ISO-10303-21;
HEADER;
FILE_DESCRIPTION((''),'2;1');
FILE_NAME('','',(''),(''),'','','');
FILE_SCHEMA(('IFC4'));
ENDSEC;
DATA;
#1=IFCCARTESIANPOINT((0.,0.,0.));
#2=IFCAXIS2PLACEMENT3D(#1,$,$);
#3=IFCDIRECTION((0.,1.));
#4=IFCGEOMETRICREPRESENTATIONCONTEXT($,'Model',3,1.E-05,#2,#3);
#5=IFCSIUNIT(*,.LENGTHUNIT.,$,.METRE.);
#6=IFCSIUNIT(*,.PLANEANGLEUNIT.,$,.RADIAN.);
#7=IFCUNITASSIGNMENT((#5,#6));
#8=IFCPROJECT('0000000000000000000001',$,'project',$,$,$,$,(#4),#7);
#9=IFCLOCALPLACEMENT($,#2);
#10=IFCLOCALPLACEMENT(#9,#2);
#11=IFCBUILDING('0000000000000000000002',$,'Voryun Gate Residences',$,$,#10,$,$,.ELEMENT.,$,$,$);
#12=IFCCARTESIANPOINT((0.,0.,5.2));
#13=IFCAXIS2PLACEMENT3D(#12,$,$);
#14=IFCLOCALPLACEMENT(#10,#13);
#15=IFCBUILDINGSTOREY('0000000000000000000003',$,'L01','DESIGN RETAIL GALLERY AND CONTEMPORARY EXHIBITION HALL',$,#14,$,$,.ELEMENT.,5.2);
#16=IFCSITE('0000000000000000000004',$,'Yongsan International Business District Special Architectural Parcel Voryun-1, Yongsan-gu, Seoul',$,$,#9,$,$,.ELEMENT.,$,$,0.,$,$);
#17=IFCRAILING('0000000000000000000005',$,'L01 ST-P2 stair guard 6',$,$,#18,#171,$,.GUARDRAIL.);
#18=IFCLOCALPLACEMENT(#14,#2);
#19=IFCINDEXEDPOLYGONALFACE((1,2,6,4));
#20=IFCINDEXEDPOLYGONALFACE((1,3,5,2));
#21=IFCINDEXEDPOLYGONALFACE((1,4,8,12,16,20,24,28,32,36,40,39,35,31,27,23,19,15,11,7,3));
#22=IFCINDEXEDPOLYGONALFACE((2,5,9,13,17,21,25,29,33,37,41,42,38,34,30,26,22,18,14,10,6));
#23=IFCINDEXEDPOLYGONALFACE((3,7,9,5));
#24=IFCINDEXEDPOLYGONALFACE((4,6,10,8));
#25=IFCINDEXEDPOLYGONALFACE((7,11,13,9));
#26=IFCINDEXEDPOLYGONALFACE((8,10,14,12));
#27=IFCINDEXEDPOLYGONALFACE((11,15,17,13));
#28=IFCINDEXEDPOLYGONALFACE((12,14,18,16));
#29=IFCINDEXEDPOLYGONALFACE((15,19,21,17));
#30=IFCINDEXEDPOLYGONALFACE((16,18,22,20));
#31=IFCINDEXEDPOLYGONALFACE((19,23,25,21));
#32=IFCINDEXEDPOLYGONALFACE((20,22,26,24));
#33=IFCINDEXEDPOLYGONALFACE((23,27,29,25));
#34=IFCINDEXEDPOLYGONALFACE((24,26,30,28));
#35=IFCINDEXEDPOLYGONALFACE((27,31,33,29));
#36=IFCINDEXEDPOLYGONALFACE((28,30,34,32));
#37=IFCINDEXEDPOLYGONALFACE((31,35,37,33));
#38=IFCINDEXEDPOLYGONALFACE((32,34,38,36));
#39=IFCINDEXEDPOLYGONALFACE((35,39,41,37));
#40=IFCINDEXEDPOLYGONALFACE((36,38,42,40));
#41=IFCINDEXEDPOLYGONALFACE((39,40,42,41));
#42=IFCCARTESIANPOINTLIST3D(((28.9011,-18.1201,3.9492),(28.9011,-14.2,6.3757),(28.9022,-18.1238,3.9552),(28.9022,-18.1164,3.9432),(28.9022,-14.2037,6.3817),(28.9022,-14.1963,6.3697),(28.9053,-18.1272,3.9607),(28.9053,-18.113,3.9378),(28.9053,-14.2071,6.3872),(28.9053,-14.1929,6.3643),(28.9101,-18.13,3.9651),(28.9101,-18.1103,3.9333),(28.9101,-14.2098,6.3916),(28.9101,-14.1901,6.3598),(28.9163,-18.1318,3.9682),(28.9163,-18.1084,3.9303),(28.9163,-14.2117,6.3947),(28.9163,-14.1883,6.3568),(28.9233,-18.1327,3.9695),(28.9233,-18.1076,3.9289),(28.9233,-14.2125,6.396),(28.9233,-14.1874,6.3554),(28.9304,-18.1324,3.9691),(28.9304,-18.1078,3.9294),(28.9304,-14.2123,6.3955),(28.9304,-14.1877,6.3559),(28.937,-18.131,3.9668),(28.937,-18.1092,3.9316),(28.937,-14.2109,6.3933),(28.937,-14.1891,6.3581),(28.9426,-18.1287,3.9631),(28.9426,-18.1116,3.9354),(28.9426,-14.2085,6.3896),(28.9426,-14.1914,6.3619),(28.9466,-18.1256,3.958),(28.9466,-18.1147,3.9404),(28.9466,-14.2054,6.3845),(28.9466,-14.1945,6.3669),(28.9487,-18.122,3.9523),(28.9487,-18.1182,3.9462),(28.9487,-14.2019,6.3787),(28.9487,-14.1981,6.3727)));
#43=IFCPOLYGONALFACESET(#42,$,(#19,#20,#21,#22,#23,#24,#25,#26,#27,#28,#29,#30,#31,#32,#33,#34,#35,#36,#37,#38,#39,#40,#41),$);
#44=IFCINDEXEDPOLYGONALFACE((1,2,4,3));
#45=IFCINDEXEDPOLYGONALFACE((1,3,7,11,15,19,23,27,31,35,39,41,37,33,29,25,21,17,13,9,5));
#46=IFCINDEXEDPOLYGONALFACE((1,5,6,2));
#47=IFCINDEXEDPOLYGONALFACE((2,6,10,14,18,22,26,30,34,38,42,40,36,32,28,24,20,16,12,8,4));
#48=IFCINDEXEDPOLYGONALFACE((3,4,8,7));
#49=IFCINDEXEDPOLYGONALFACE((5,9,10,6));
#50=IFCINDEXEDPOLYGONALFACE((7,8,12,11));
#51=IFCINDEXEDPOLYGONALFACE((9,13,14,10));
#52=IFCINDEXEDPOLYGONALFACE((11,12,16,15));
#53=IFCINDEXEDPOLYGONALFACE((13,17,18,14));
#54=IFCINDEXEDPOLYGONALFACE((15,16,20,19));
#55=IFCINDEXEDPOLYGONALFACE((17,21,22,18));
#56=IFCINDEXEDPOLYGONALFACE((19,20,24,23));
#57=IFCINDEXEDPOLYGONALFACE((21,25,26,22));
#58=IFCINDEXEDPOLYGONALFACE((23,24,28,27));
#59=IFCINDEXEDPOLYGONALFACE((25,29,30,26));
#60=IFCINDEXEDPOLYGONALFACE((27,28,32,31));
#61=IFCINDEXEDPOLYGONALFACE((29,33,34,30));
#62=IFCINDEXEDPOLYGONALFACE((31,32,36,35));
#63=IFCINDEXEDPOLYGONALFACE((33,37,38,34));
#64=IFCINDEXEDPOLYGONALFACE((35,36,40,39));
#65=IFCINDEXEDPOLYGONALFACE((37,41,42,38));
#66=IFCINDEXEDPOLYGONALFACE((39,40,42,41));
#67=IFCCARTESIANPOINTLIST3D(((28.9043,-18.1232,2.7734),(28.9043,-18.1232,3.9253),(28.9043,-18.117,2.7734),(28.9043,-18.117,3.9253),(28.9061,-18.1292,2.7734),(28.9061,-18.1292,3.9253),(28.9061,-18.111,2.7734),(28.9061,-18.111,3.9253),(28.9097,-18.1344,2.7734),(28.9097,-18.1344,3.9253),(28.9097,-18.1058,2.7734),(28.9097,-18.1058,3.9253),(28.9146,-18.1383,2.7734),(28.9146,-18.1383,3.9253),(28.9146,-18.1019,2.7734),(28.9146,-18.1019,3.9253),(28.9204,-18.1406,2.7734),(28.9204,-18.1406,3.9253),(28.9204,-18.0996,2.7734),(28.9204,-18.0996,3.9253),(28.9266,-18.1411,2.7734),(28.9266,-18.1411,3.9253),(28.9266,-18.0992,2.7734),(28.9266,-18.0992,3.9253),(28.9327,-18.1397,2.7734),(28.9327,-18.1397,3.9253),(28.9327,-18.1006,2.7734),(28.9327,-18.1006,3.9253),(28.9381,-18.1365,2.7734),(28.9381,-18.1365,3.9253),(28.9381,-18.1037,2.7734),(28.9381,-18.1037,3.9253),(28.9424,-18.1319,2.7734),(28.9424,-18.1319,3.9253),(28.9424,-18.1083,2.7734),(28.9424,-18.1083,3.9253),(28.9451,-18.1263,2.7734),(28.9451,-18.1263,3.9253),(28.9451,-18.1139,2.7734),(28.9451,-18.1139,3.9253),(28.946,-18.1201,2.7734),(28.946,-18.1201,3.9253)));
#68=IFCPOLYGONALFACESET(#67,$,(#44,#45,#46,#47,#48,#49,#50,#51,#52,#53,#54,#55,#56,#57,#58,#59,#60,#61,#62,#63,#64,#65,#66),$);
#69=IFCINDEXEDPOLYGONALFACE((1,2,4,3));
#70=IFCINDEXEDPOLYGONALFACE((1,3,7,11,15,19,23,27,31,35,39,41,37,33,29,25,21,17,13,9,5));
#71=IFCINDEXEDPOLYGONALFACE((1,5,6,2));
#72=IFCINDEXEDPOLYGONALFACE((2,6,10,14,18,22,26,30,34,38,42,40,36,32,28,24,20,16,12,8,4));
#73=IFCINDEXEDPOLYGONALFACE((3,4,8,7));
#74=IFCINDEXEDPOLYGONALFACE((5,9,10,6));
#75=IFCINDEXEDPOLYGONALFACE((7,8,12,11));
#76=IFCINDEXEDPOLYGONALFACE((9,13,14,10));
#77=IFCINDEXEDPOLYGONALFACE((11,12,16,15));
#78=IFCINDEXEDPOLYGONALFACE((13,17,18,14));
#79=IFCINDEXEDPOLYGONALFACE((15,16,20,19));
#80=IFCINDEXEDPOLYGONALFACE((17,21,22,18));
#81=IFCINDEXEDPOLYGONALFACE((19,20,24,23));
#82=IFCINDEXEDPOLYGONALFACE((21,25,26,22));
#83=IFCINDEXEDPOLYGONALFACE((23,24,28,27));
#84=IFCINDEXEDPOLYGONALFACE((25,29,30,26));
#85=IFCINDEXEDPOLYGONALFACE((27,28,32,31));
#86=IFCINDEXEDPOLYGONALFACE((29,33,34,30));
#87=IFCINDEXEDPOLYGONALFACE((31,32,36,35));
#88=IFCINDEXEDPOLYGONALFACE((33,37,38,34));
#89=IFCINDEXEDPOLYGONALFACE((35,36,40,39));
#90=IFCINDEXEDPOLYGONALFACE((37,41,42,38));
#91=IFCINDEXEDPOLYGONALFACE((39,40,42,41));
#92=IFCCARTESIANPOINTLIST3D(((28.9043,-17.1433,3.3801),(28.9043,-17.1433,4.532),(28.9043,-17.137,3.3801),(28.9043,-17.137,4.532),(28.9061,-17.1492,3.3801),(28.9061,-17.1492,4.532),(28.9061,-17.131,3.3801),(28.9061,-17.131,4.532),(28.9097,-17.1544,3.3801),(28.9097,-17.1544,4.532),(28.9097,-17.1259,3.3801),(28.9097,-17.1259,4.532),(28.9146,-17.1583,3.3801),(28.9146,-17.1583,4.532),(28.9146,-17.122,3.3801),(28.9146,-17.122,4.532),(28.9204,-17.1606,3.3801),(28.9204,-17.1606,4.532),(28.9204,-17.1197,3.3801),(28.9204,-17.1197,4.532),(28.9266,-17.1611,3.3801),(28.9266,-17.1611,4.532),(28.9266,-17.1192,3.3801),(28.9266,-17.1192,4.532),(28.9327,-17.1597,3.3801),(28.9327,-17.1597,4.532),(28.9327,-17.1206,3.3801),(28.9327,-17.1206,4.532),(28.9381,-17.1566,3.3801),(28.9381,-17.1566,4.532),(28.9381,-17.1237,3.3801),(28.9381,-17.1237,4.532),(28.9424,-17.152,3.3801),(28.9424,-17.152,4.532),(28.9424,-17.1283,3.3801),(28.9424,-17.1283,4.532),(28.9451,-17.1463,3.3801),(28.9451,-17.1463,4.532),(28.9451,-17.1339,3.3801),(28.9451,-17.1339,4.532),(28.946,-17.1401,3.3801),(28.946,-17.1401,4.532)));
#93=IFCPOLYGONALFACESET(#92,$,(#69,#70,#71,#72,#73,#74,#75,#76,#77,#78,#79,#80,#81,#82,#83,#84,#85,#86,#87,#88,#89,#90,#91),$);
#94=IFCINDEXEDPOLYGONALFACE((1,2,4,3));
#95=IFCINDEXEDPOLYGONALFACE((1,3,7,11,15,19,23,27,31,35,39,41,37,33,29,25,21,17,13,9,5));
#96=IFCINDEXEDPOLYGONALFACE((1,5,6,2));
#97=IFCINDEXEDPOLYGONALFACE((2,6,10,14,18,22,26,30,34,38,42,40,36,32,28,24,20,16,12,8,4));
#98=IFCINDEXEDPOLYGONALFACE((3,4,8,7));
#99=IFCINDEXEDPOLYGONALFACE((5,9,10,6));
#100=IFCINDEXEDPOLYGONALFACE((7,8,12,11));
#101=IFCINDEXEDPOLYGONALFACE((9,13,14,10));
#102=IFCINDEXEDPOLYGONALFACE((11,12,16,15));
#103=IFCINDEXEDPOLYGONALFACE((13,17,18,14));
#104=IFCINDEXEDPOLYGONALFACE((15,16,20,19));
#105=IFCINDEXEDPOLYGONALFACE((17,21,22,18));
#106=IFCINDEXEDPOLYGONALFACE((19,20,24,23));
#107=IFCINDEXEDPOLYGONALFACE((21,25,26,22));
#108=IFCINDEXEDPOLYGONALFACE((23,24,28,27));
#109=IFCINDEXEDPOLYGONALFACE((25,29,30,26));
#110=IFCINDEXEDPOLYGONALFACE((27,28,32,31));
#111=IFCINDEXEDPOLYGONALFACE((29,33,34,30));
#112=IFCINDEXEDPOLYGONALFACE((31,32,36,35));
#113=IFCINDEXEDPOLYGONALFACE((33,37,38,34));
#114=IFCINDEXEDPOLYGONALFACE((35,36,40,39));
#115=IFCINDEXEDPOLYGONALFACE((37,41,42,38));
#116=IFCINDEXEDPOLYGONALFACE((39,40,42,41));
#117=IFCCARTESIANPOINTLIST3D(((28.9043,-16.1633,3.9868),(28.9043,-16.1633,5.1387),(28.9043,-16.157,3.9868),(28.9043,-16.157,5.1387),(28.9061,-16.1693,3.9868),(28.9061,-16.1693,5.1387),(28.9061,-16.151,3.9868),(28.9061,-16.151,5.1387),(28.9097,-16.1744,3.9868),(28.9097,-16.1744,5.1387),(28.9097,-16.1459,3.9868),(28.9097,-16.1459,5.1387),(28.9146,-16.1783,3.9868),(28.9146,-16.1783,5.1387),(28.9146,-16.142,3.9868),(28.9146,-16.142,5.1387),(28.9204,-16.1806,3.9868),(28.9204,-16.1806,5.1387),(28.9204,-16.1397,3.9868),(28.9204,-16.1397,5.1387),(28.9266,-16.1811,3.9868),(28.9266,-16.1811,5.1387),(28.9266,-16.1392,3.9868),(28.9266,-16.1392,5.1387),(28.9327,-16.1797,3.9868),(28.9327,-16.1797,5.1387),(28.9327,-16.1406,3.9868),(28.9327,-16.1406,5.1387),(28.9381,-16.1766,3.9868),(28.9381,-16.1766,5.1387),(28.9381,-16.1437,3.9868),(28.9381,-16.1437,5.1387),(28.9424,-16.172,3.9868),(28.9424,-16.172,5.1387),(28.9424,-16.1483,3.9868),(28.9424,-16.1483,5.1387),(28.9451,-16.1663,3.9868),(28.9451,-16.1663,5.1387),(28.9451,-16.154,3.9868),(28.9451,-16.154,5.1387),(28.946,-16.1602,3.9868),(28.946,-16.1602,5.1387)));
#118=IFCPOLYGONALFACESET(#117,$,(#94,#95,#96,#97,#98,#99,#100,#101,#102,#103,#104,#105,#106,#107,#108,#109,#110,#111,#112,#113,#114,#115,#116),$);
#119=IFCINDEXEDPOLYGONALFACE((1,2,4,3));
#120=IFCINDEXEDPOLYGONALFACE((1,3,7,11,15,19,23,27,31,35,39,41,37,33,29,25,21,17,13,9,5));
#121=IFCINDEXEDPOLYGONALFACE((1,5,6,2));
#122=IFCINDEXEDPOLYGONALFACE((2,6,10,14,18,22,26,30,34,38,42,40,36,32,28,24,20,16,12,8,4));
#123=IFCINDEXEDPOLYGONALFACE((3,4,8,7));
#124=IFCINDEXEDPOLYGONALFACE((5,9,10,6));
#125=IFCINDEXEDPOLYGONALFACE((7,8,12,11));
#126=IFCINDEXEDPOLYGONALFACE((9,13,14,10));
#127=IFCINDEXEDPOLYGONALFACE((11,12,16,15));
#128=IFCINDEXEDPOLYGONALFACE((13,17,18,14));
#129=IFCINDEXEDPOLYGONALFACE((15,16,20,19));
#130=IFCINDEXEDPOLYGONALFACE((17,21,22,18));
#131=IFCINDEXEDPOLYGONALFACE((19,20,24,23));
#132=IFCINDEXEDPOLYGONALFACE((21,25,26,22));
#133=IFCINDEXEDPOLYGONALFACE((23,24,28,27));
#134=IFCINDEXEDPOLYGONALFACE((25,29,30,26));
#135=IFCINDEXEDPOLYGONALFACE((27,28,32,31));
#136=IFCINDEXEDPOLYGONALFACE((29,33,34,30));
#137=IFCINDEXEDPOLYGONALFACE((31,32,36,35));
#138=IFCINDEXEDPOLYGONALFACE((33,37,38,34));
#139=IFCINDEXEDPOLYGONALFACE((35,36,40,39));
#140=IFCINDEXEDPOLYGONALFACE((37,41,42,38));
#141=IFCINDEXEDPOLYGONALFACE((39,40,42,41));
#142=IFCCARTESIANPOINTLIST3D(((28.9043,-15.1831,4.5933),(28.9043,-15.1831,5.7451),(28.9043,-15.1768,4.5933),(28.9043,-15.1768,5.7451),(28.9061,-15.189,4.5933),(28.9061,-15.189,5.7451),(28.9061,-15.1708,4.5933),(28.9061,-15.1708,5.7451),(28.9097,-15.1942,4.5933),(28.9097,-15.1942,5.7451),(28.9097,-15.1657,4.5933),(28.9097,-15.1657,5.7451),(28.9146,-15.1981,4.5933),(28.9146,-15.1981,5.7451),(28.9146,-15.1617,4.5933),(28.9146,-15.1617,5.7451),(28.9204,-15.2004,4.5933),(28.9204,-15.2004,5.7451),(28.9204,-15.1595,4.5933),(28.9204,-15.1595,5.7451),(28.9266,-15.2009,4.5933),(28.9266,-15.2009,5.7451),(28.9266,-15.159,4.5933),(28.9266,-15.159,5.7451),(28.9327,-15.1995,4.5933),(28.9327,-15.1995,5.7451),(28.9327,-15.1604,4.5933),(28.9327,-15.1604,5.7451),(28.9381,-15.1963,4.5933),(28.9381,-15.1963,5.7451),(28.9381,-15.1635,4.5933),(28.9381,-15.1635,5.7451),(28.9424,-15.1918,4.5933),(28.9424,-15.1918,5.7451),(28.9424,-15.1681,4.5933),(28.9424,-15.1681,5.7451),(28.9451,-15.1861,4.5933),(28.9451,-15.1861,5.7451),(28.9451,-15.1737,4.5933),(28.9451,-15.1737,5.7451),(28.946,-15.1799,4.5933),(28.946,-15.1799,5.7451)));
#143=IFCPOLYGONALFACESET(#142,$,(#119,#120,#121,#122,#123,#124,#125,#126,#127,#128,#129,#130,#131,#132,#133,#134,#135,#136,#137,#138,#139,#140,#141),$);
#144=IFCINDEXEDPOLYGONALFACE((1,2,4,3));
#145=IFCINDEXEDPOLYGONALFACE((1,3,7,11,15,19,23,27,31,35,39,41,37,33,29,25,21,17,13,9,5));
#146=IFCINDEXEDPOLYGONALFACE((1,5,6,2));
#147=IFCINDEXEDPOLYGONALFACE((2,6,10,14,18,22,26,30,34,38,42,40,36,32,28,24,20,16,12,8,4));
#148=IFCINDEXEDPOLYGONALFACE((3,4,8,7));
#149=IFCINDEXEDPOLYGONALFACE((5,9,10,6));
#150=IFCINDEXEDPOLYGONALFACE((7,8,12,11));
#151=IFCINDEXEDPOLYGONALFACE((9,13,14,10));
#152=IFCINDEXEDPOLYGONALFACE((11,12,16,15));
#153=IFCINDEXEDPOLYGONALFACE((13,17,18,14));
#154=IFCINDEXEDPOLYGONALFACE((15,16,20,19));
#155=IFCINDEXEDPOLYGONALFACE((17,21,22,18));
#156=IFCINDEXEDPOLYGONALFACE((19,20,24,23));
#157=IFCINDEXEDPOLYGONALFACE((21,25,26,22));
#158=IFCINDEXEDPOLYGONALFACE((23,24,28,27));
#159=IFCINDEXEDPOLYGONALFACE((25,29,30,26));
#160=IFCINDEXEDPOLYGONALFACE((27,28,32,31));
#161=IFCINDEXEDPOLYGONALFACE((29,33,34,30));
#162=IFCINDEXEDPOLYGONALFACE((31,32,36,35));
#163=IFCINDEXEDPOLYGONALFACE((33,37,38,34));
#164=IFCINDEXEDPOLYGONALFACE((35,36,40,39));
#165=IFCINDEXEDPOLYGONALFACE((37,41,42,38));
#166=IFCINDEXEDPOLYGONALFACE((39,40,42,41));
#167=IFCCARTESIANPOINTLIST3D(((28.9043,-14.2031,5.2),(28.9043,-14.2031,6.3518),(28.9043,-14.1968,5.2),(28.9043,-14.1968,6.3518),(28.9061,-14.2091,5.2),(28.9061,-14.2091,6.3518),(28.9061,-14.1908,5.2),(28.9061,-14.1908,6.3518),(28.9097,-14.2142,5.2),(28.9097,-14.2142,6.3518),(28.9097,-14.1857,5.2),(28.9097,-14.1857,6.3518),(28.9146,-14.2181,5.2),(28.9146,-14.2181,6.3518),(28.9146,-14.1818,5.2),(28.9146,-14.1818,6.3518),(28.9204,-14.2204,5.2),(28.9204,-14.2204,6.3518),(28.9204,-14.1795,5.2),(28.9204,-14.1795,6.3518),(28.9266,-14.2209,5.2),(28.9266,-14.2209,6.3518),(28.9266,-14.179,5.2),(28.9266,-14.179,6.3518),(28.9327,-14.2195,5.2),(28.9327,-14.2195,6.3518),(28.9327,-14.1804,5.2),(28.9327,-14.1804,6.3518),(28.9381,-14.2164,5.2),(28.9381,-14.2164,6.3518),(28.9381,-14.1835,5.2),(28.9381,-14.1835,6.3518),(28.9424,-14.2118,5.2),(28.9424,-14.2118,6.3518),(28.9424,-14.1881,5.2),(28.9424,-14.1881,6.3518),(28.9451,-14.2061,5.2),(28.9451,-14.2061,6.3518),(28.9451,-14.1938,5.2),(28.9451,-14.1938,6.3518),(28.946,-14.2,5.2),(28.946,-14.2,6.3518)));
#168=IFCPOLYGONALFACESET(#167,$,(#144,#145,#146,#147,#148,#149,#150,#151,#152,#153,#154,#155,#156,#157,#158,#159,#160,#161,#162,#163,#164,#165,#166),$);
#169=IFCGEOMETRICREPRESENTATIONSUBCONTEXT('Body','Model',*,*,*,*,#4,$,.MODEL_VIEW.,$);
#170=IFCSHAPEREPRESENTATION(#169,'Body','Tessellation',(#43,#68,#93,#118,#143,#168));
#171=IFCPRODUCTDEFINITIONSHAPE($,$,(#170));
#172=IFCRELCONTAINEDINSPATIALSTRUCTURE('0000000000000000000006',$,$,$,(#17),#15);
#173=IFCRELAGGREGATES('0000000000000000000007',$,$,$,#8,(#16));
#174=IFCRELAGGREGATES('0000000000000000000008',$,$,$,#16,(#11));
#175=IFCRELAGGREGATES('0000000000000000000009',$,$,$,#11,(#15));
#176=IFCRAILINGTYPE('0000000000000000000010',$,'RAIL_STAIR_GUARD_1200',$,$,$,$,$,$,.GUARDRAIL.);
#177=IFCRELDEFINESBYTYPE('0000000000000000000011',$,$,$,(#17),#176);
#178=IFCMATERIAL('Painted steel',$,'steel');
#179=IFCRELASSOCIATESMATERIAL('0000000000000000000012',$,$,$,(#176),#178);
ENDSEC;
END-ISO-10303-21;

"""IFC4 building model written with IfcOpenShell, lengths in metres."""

from ifc_helpers import new_model, si_unit, direction, frame, origin, origin_2d, place, context, subcontext, project, spatial, circle, extrude, material, type_object, element, save


model = new_model("IFC4")

# Units and contexts
model_context = context("Model", 3, precision=1e-05, world=origin(), true_north=direction((0.0, 1.0)))
body_context = subcontext(model_context, "Body", "Model", "MODEL_VIEW")
ifc_project = project(units=[si_unit("LENGTHUNIT", "METRE"), si_unit("PLANEANGLEUNIT", "RADIAN")], contexts=[model_context])

# Site, building, storey
site_placement = place(None, origin())
site = spatial("IfcSite", under=ifc_project, at=site_placement, Name="Yongsan International Business District Special Architectural Parcel Voryun-1, Yongsan-gu, Seoul", CompositionType="ELEMENT", RefElevation=0.0)
building_placement = place(site_placement, origin())
building = spatial("IfcBuilding", under=site, at=building_placement, Name="Voryun Gate Residences", CompositionType="ELEMENT")
storey_placement = place(building_placement, frame((0.0, 0.0, 5.2)))
storey = spatial("IfcBuildingStorey", under=building, at=storey_placement, Name="L01", Description="DESIGN RETAIL GALLERY AND CONTEMPORARY EXHIBITION HALL", CompositionType="ELEMENT", Elevation=5.2)

# Railing
ifc_material_1 = material(Name="Painted steel", Category="steel")
railing_type_1 = type_object("IfcRailingType", Name="RAIL_STAIR_GUARD_1200", PredefinedType="GUARDRAIL", material=ifc_material_1)
railing_1_placement = place(storey_placement, frame((28.925, -18.1201, 2.7734)))
element("IfcRailing", 1, at=railing_1_placement, inside=storey, type_object=railing_type_1, Name="L01 ST-P2 stair guard 6", PredefinedType="GUARDRAIL", context=body_context, shape_type="SweptSolid", body=[
    extrude(circle(Radius=0.0239, at=origin_2d()), frame((0.0, 0.0, 1.1758), z_axis=(0.0, 0.85029, 0.526315), x_axis=(-1.0, 0.0, 0.0)), (0.0, 0.0, 1.0), 4.6104),
    extrude(circle(Radius=0.021, at=origin_2d()), origin(), (0.0, 0.0, 1.0), 1.1519),
    extrude(circle(Radius=0.021, at=origin_2d()), frame((0.0, 0.98, 0.6067)), (0.0, 0.0, 1.0), 1.1519),
    extrude(circle(Radius=0.021, at=origin_2d()), frame((0.0, 1.96, 1.2134)), (0.0, 0.0, 1.0), 1.1519),
    extrude(circle(Radius=0.021, at=origin_2d()), frame((0.0, 2.9402, 1.8198)), (0.0, 0.0, 1.0), 1.1519),
    extrude(circle(Radius=0.021, at=origin_2d()), frame((0.0, 3.9202, 2.4265)), (0.0, 0.0, 1.0), 1.1519),
])

save(model, "model.ifc")
